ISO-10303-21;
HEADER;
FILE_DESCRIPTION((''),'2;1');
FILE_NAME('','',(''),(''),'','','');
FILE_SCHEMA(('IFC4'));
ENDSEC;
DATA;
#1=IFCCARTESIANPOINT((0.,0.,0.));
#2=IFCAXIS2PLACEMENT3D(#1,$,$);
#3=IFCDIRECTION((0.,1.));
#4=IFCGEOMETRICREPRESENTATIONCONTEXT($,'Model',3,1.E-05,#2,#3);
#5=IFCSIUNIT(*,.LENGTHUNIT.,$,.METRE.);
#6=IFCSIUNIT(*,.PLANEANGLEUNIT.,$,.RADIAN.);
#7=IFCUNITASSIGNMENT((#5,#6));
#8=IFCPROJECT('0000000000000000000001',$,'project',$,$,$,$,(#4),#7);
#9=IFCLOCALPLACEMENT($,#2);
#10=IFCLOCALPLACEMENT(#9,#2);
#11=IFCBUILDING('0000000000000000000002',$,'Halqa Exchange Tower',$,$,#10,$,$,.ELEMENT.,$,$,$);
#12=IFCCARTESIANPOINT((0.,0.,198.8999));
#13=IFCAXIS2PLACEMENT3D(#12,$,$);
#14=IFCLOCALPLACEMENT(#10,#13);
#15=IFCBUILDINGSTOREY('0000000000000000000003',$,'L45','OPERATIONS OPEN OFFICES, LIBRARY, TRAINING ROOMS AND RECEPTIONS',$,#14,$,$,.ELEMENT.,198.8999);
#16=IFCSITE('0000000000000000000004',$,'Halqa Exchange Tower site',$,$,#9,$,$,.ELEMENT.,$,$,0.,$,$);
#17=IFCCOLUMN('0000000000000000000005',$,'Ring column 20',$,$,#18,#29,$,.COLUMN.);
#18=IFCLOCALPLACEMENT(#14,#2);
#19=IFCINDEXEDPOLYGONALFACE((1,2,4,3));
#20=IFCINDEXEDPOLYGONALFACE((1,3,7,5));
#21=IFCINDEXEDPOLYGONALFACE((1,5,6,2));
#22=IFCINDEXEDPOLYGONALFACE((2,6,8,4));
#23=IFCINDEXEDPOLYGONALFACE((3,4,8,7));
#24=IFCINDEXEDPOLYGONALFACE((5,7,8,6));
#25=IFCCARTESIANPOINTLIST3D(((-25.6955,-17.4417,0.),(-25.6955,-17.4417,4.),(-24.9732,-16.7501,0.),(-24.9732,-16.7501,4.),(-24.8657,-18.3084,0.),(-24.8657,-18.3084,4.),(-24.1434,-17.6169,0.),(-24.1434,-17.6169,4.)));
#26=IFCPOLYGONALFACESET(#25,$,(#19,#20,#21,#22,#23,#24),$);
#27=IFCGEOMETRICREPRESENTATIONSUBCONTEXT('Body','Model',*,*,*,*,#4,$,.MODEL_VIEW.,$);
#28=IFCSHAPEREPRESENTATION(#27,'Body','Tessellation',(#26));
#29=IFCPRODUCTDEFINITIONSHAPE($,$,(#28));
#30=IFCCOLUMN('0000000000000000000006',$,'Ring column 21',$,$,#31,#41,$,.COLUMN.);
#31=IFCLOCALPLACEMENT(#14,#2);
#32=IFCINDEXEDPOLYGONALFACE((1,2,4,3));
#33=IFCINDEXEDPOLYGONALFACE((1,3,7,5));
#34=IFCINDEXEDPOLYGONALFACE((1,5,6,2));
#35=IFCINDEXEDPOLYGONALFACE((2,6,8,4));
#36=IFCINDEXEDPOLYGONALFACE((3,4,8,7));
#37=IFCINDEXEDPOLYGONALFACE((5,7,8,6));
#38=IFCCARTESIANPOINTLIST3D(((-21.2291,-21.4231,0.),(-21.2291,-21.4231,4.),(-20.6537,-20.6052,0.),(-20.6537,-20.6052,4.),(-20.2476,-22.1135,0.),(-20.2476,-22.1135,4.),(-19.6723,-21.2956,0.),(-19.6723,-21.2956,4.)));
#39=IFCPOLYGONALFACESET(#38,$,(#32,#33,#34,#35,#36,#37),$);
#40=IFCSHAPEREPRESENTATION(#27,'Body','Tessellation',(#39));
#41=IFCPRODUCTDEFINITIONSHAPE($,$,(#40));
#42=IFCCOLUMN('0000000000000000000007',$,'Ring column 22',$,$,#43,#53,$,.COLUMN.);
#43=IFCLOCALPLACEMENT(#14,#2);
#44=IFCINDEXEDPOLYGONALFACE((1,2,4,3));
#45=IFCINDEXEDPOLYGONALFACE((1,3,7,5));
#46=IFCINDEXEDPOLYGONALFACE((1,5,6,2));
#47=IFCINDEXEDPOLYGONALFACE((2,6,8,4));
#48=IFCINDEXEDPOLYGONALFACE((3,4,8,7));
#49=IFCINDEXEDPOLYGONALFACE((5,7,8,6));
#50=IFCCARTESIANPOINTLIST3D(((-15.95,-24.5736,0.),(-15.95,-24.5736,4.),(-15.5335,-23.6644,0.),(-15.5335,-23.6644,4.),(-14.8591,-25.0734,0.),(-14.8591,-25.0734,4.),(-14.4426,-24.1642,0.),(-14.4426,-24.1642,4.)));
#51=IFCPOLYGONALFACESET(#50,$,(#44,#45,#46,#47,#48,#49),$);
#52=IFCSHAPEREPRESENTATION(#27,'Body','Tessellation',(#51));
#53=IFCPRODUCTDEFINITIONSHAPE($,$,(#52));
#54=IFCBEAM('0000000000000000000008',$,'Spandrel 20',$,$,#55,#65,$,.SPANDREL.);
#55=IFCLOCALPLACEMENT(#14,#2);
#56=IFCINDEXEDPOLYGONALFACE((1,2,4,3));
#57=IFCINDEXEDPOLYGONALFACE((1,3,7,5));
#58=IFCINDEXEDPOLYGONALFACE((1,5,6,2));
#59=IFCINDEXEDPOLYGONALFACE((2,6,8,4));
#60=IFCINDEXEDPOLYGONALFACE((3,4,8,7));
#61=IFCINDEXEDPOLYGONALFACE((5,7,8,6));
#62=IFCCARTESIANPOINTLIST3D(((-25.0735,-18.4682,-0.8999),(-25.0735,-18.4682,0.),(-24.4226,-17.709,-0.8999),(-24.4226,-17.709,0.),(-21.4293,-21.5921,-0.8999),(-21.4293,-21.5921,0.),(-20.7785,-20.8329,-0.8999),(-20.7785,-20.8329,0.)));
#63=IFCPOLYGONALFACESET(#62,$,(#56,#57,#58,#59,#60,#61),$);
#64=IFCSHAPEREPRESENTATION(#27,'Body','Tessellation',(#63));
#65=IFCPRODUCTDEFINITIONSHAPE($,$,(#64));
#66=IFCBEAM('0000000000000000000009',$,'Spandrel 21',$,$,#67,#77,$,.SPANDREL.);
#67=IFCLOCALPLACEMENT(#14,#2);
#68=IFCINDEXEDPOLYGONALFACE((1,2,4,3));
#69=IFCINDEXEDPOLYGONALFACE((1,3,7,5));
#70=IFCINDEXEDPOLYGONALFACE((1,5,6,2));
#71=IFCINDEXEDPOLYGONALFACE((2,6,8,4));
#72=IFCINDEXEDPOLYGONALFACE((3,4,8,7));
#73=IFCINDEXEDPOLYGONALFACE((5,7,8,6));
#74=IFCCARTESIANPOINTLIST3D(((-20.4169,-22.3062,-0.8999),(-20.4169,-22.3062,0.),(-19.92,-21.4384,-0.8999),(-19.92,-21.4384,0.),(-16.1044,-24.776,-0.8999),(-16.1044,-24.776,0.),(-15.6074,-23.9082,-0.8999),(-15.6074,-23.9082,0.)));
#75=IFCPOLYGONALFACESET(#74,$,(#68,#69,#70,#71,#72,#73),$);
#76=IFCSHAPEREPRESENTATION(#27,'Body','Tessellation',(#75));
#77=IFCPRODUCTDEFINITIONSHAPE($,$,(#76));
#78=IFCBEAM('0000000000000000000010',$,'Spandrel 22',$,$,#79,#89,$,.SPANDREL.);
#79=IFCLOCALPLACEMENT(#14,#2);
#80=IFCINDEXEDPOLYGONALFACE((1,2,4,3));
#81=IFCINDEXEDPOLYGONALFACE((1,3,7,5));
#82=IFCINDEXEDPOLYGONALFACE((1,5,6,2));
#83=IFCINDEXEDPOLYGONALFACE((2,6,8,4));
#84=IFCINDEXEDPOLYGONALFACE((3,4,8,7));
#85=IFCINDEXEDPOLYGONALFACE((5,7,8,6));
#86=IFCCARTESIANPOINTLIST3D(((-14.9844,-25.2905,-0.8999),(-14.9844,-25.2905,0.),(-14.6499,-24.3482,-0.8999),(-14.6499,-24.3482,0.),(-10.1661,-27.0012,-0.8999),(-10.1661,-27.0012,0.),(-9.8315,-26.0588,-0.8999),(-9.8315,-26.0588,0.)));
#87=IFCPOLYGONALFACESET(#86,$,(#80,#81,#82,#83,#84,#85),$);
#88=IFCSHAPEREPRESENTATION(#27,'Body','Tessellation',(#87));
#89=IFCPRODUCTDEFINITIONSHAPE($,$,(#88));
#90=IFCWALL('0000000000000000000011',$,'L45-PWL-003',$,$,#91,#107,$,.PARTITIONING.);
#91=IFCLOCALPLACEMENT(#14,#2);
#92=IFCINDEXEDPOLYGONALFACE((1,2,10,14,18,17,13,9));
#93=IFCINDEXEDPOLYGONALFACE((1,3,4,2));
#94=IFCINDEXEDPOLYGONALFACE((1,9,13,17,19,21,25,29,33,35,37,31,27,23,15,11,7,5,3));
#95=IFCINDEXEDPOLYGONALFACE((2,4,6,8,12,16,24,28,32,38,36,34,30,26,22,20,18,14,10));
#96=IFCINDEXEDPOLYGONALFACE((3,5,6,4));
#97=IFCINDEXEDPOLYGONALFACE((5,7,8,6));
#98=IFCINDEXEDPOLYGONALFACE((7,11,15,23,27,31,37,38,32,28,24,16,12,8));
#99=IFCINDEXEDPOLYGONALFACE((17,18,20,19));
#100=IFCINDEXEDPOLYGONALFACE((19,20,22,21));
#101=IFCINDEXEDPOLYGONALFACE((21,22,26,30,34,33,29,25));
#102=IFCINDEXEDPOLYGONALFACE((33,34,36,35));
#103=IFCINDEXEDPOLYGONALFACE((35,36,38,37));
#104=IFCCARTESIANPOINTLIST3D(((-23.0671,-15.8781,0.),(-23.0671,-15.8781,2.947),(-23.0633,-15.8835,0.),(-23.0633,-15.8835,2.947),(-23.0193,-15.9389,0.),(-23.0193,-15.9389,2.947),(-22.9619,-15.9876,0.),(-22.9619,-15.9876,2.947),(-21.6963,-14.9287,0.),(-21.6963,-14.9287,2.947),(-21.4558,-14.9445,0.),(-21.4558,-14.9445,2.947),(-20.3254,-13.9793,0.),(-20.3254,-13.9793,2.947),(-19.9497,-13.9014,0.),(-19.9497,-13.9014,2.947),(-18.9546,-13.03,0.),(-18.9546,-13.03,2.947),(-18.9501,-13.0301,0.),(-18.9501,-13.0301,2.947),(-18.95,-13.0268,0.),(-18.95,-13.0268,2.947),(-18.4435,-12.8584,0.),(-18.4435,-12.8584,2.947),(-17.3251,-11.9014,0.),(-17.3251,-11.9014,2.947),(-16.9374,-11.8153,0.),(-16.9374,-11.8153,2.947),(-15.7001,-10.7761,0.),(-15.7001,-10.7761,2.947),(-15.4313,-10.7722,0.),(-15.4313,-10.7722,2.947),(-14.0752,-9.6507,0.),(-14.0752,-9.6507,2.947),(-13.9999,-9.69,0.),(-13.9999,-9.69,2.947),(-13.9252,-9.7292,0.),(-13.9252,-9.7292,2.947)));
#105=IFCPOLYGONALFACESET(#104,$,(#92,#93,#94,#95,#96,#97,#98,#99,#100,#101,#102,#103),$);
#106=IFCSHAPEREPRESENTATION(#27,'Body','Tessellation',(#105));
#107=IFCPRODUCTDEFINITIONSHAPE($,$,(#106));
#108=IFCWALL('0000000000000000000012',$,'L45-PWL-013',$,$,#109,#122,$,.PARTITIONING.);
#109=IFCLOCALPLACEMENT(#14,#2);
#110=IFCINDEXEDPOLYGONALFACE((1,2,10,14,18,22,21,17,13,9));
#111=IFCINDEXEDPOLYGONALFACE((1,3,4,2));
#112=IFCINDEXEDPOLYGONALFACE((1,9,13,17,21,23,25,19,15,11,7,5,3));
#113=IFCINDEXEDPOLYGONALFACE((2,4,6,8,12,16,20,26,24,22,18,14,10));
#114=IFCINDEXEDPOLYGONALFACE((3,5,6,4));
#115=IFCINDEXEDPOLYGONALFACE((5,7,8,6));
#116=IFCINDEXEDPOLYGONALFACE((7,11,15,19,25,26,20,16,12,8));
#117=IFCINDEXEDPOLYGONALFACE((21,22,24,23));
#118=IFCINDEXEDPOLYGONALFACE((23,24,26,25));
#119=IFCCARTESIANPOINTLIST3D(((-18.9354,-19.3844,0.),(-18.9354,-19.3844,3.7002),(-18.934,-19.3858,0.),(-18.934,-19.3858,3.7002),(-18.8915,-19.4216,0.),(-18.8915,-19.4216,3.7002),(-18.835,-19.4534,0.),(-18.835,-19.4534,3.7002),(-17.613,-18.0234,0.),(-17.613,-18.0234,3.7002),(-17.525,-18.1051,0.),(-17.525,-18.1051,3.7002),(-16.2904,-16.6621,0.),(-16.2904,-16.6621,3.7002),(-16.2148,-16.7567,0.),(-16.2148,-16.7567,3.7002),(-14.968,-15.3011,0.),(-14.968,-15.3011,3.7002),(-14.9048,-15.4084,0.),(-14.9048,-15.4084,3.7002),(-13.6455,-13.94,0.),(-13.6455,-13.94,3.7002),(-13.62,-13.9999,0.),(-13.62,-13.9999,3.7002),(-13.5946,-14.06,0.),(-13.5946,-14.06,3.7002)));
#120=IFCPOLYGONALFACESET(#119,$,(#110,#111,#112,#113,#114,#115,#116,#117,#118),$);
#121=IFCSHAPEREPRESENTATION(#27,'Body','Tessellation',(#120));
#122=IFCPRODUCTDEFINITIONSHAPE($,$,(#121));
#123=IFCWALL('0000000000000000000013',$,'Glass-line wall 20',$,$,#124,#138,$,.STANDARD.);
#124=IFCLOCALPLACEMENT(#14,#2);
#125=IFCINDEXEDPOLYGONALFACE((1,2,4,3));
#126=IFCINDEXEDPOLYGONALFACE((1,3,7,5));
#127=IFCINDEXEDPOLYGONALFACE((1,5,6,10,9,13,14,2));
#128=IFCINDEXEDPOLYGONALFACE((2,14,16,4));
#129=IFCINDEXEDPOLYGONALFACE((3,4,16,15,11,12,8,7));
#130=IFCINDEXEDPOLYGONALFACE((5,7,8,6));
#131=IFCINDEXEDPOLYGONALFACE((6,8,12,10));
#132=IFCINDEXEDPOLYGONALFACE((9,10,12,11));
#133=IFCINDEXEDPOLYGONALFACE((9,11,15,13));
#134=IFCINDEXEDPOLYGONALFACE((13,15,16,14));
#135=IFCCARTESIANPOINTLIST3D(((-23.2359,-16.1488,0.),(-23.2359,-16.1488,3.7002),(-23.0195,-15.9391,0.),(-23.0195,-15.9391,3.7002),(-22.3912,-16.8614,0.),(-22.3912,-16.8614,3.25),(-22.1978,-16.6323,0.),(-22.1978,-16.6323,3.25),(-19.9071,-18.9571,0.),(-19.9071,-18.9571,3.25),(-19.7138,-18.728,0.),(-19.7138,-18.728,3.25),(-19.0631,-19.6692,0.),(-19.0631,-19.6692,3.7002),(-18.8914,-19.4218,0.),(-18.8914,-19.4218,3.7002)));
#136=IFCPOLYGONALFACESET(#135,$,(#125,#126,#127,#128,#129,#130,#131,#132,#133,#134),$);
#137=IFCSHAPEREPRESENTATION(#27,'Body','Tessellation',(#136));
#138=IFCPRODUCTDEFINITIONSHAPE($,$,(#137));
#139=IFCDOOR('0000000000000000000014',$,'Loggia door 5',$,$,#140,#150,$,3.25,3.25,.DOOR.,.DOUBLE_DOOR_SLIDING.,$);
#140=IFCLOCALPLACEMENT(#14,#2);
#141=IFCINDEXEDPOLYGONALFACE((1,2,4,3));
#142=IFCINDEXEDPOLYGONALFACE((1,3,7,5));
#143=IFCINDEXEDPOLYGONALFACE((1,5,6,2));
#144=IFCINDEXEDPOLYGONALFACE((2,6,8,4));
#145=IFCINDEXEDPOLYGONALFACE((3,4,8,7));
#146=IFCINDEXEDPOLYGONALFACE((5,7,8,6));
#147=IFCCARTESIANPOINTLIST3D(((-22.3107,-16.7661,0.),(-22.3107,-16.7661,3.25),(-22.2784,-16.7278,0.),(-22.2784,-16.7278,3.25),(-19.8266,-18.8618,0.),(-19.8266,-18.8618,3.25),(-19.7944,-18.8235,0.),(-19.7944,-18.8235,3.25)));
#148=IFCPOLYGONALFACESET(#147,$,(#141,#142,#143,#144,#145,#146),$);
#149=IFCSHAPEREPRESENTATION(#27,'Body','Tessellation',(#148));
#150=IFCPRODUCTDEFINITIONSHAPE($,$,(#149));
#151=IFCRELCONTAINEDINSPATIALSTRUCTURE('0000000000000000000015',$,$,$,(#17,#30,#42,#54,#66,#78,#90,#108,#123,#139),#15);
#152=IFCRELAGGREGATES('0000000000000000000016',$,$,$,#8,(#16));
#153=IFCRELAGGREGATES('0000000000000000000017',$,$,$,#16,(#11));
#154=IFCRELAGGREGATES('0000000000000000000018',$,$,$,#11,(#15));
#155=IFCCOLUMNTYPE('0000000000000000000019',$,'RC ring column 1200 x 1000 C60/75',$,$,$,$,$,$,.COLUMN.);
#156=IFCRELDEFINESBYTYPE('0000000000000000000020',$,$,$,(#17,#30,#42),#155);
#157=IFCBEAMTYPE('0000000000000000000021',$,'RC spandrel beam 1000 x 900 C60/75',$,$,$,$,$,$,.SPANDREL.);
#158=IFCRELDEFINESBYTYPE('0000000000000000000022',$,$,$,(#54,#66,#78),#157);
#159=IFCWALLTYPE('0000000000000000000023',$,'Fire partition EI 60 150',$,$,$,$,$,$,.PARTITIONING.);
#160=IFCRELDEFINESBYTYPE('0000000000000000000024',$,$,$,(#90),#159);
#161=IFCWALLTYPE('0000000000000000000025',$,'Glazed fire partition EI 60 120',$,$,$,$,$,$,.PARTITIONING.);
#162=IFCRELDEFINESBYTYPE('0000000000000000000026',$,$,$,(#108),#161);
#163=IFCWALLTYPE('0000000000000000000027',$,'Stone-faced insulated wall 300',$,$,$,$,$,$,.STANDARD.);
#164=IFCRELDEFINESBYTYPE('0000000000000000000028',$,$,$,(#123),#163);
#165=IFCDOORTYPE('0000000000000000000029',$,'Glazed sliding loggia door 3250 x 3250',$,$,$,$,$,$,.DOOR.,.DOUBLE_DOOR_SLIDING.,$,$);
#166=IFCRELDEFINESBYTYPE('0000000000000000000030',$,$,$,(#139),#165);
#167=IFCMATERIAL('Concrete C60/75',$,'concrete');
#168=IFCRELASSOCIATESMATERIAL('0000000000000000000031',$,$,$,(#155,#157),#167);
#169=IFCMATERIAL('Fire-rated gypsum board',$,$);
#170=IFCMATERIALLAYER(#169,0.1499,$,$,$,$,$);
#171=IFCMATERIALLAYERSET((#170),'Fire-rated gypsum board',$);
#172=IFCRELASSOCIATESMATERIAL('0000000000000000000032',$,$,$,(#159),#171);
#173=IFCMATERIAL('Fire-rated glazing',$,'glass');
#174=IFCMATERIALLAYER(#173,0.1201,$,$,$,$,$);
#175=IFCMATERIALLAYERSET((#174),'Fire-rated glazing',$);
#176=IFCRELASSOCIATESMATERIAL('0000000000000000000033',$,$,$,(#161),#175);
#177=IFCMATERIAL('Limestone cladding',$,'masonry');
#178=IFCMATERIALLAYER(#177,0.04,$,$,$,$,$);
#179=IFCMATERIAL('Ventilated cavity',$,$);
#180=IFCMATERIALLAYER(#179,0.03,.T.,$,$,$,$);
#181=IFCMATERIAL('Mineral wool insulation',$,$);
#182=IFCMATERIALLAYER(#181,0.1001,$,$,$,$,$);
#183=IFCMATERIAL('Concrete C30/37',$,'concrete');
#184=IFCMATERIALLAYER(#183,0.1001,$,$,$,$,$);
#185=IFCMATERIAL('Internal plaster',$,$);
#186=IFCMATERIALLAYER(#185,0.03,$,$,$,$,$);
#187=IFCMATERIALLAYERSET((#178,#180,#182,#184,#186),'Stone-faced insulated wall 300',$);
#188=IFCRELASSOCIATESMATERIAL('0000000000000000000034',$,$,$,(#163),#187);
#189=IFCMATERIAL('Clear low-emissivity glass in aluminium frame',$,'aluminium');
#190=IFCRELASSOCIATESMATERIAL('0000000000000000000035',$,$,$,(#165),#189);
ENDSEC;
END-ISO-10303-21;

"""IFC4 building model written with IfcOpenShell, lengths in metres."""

from ifc_helpers import new_model, si_unit, direction, frame, frame_2d, origin, origin_2d, place, context, subcontext, project, spatial, polyline, rectangle, outline, extrude, material, layer, layer_set, material_profile, profile_set, type_object, element, fill, save


model = new_model("IFC4")

# Units and contexts
model_context = context("Model", 3, precision=1e-05, world=origin(), true_north=direction((0.0, 1.0)))
body_context = subcontext(model_context, "Body", "Model", "MODEL_VIEW")
ifc_project = project(units=[si_unit("LENGTHUNIT", "METRE"), si_unit("PLANEANGLEUNIT", "RADIAN")], contexts=[model_context])

# Site, building, storey
site_placement = place(None, origin())
site = spatial("IfcSite", under=ifc_project, at=site_placement, Name="Halqa Exchange Tower site", CompositionType="ELEMENT", RefElevation=0.0)
building_placement = place(site_placement, origin())
building = spatial("IfcBuilding", under=site, at=building_placement, Name="Halqa Exchange Tower", CompositionType="ELEMENT")
storey_placement = place(building_placement, frame((0.0, 0.0, 198.8999)))
storey = spatial("IfcBuildingStorey", under=building, at=storey_placement, Name="L45", Description="OPERATIONS OPEN OFFICES, LIBRARY, TRAINING ROOMS AND RECEPTIONS", CompositionType="ELEMENT", Elevation=198.8999)

# Columns
ifc_material_1 = material(Name="Concrete C60/75", Category="concrete")
ifc_material_profile_1 = material_profile(ifc_material_1, rectangle(XDim=1.2, YDim=1.0, at=origin_2d()), Name="1200 x 1000")
ifc_profile_set_1 = profile_set([ifc_material_profile_1], Name="Concrete C60/75")
column_type = type_object("IfcColumnType", Name="RC ring column 1200 x 1000 C60/75", PredefinedType="COLUMN", material=ifc_profile_set_1)
for number, where, z_axis, x_axis, name in (
    (1, (-24.9194, -17.5293, 0.0), (0.0, 0.0, 1.0), (0.691577, -0.722302, 0.0), "Ring column 20"),
    (2, (-20.4507, -21.3594, 0.0), (0.0, 0.0, 1.0), (0.817909, -0.575348, 0.0), "Ring column 21"),
    (3, (-15.1963, -24.3689, 0.0), (0.0, 0.0, 1.0), (0.909126, -0.41652, 0.0), "Ring column 22"),
):
    element("IfcColumn", number, at=place(storey_placement, frame(where, z_axis=z_axis, x_axis=x_axis)), inside=storey, type_object=column_type, Name=name, PredefinedType="COLUMN", context=body_context, shape_type="SweptSolid", body=[
        extrude(rectangle(XDim=1.2, YDim=1.0, at=origin_2d()), origin(), (0.0, 0.0, 1.0), 4.0),
    ])

# Beams
ifc_material_profile_2 = material_profile(ifc_material_1, rectangle(XDim=1.0, YDim=0.8999, at=origin_2d()), Name="1000 x 900")
ifc_profile_set_2 = profile_set([ifc_material_profile_2], Name="Concrete C60/75")
beam_type = type_object("IfcBeamType", Name="RC spandrel beam 1000 x 900 C60/75", PredefinedType="SPANDREL", material=ifc_profile_set_2)
beam_1_placement = place(storey_placement, frame((-24.748, -18.0886, -0.45), z_axis=(0.759224, -0.650829, 0.0), x_axis=(0.650829, 0.759224, 0.0)))
element("IfcBeam", 4, at=beam_1_placement, inside=storey, type_object=beam_type, Name="Spandrel 20", PredefinedType="SPANDREL", context=body_context, shape_type="SweptSolid", body=[
    extrude(rectangle(XDim=1.0, YDim=0.8999, at=origin_2d()), origin(), (0.0, 0.0, 1.0), 4.7998),
])
beam_2_placement = place(storey_placement, frame((-20.1685, -21.8723, -0.45), z_axis=(0.867771, -0.496964, 0.0), x_axis=(0.496964, 0.867771, 0.0)))
element("IfcBeam", 5, at=beam_2_placement, inside=storey, type_object=beam_type, Name="Spandrel 21", PredefinedType="SPANDREL", context=body_context, shape_type="SweptSolid", body=[
    extrude(rectangle(XDim=1.0, YDim=0.8999, at=origin_2d()), origin(), (0.0, 0.0, 1.0), 4.9697),
])
beam_3_placement = place(storey_placement, frame((-14.8171, -24.8193, -0.45), z_axis=(0.942369, -0.334575, 0.0), x_axis=(0.334575, 0.942369, 0.0)))
element("IfcBeam", 6, at=beam_3_placement, inside=storey, type_object=beam_type, Name="Spandrel 22", PredefinedType="SPANDREL", context=body_context, shape_type="SweptSolid", body=[
    extrude(rectangle(XDim=1.0, YDim=0.8999, at=origin_2d()), origin(), (0.0, 0.0, 1.0), 5.113),
])

# Wall
ifc_material_2 = material(Name="Fire-rated gypsum board")
ifc_layer_1 = layer(ifc_material_2, 0.1499)
ifc_layer_set_1 = layer_set([ifc_layer_1], Name="Fire-rated gypsum board")
wall_type_1 = type_object("IfcWallType", Name="Fire partition EI 60 150", PredefinedType="PARTITIONING", material=ifc_layer_set_1)
wall_1_placement = place(storey_placement, frame((-23.0244, -15.9397, 0.0), z_axis=(0.0, 0.0, 1.0), x_axis=(0.822097, 0.569347, 0.0)))
element("IfcWall", 7, at=wall_1_placement, inside=storey, type_object=wall_type_1, Name="L45-PWL-003", PredefinedType="PARTITIONING", context=body_context, shape_type="SweptSolid", body=[
    extrude(outline(polyline([(0.0242, -0.075), (1.8562, -0.075), (3.6882, -0.075), (5.5203, -0.075), (7.3523, -0.075), (9.1843, -0.075), (11.0164, -0.075), (10.9773, -0.0002), (10.9377, 0.075), (8.9612, 0.075), (6.9846, 0.075), (5.0081, 0.075), (5.0061, 0.0723), (5.0024, 0.075), (3.335, 0.075), (1.6675, 0.075), (0.0, 0.075), (0.0, 0.0684), (0.0046, -0.0022), (0.0242, -0.075)])), origin(), (0.0, 0.0, 1.0), 2.947),
])

# Shared definitions
ifc_material_3 = material(Name="Fire-rated glazing", Category="glass")
ifc_layer_2 = layer(ifc_material_3, 0.1201)
ifc_layer_set_2 = layer_set([ifc_layer_2], Name="Fire-rated glazing")
wall_type_2 = type_object("IfcWallType", Name="Glazed fire partition EI 60 120", PredefinedType="PARTITIONING", material=ifc_layer_set_2)

# Wall
wall_2_placement = place(storey_placement, frame((-13.6023, -13.9817, 0.0), z_axis=(0.0, 0.0, 1.0), x_axis=(-0.696855, -0.717212, 0.0)))
element("IfcWall", 8, at=wall_2_placement, inside=storey, type_object=wall_type_2, Name="L45-PWL-013", PredefinedType="PARTITIONING", context=body_context, shape_type="SweptSolid", body=[
    extrude(outline(polyline([(7.5913, -0.0601), (7.5913, -0.0581), (7.5874, -0.0027), (7.5708, 0.0601), (5.6909, 0.0601), (3.8108, 0.0601), (1.9309, 0.0601), (0.0508, 0.0601), (0.0254, 0.0), (0.0002, -0.0601), (0.0, -0.0601), (0.0, -0.0601), (1.8979, -0.0601), (3.7957, -0.0601), (5.6936, -0.0601), (7.5913, -0.0601)])), origin(), (0.0, 0.0, 1.0), 3.7002),
])

# Wall, opening, door
ifc_material_4 = material(Name="Limestone cladding", Category="masonry")
ifc_layer_3 = layer(ifc_material_4, 0.04)
ifc_material_5 = material(Name="Ventilated cavity")
ifc_layer_4 = layer(ifc_material_5, 0.03, ventilated=True)
ifc_material_6 = material(Name="Mineral wool insulation")
ifc_layer_5 = layer(ifc_material_6, 0.1001)
ifc_material_7 = material(Name="Concrete C30/37", Category="concrete")
ifc_layer_6 = layer(ifc_material_7, 0.1001)
ifc_material_8 = material(Name="Internal plaster")
ifc_layer_7 = layer(ifc_material_8, 0.03)
ifc_layer_set_3 = layer_set([ifc_layer_3, ifc_layer_4, ifc_layer_5, ifc_layer_6, ifc_layer_7], Name="Stone-faced insulated wall 300")
wall_type_3 = type_object("IfcWallType", Name="Stone-faced insulated wall 300", PredefinedType="STANDARD", material=ifc_layer_set_3)
wall_3_placement = place(storey_placement, frame((-23.1277, -16.0439, 0.0), z_axis=(0.0, 0.0, 1.0), x_axis=(0.76433, -0.644825, 0.0)))
wall_3 = element("IfcWall", 9, at=wall_3_placement, inside=storey, type_object=wall_type_3, Name="Glass-line wall 20", PredefinedType="STANDARD", context=body_context, shape_type="SweptSolid", body=[
    extrude(outline(polyline([(-0.0151, -0.1499), (5.4443, -0.1499), (5.416, 0.1499), (0.0151, 0.1499), (-0.0151, -0.1499)])), origin(), (0.0, 0.0, 1.0), 3.7002),
])
opening_1_placement = place(wall_3_placement, frame((1.0901, 0.0, 0.0)))
opening_1 = element("IfcOpeningElement", 10, at=opening_1_placement, cuts=wall_3, PredefinedType="OPENING", context=body_context, shape_type="SweptSolid", body=[
    extrude(rectangle(XDim=3.25, YDim=3.25, at=frame_2d((1.625, 1.625))), frame((0.0, 0.1621, 0.0), z_axis=(0.0, -1.0, 0.0), x_axis=(1.0, 0.0, 0.0)), (0.0, 0.0, 1.0), 0.324),
])
ifc_material_9 = material(Name="Clear low-emissivity glass in aluminium frame", Category="aluminium")
door_type_1 = type_object("IfcDoorType", Name="Glazed sliding loggia door 3250 x 3250", OperationType="DOUBLE_DOOR_SLIDING", PredefinedType="DOOR", material=ifc_material_9)
door_1_placement = place(opening_1_placement, origin())
door_1 = element("IfcDoor", 11, at=door_1_placement, inside=storey, type_object=door_type_1, Name="Loggia door 5", OperationType="DOUBLE_DOOR_SLIDING", OverallHeight=3.25, OverallWidth=3.25, PredefinedType="DOOR", context=body_context, shape_type="SweptSolid", body=[
    extrude(rectangle(XDim=3.25, YDim=3.25, at=frame_2d((1.625, 1.625))), frame((0.0, 0.0249, 0.0), z_axis=(0.0, -1.0, 0.0), x_axis=(1.0, 0.0, 0.0)), (0.0, 0.0, 1.0), 0.05),
])
fill(opening_1, door_1)

save(model, "model.ifc")
